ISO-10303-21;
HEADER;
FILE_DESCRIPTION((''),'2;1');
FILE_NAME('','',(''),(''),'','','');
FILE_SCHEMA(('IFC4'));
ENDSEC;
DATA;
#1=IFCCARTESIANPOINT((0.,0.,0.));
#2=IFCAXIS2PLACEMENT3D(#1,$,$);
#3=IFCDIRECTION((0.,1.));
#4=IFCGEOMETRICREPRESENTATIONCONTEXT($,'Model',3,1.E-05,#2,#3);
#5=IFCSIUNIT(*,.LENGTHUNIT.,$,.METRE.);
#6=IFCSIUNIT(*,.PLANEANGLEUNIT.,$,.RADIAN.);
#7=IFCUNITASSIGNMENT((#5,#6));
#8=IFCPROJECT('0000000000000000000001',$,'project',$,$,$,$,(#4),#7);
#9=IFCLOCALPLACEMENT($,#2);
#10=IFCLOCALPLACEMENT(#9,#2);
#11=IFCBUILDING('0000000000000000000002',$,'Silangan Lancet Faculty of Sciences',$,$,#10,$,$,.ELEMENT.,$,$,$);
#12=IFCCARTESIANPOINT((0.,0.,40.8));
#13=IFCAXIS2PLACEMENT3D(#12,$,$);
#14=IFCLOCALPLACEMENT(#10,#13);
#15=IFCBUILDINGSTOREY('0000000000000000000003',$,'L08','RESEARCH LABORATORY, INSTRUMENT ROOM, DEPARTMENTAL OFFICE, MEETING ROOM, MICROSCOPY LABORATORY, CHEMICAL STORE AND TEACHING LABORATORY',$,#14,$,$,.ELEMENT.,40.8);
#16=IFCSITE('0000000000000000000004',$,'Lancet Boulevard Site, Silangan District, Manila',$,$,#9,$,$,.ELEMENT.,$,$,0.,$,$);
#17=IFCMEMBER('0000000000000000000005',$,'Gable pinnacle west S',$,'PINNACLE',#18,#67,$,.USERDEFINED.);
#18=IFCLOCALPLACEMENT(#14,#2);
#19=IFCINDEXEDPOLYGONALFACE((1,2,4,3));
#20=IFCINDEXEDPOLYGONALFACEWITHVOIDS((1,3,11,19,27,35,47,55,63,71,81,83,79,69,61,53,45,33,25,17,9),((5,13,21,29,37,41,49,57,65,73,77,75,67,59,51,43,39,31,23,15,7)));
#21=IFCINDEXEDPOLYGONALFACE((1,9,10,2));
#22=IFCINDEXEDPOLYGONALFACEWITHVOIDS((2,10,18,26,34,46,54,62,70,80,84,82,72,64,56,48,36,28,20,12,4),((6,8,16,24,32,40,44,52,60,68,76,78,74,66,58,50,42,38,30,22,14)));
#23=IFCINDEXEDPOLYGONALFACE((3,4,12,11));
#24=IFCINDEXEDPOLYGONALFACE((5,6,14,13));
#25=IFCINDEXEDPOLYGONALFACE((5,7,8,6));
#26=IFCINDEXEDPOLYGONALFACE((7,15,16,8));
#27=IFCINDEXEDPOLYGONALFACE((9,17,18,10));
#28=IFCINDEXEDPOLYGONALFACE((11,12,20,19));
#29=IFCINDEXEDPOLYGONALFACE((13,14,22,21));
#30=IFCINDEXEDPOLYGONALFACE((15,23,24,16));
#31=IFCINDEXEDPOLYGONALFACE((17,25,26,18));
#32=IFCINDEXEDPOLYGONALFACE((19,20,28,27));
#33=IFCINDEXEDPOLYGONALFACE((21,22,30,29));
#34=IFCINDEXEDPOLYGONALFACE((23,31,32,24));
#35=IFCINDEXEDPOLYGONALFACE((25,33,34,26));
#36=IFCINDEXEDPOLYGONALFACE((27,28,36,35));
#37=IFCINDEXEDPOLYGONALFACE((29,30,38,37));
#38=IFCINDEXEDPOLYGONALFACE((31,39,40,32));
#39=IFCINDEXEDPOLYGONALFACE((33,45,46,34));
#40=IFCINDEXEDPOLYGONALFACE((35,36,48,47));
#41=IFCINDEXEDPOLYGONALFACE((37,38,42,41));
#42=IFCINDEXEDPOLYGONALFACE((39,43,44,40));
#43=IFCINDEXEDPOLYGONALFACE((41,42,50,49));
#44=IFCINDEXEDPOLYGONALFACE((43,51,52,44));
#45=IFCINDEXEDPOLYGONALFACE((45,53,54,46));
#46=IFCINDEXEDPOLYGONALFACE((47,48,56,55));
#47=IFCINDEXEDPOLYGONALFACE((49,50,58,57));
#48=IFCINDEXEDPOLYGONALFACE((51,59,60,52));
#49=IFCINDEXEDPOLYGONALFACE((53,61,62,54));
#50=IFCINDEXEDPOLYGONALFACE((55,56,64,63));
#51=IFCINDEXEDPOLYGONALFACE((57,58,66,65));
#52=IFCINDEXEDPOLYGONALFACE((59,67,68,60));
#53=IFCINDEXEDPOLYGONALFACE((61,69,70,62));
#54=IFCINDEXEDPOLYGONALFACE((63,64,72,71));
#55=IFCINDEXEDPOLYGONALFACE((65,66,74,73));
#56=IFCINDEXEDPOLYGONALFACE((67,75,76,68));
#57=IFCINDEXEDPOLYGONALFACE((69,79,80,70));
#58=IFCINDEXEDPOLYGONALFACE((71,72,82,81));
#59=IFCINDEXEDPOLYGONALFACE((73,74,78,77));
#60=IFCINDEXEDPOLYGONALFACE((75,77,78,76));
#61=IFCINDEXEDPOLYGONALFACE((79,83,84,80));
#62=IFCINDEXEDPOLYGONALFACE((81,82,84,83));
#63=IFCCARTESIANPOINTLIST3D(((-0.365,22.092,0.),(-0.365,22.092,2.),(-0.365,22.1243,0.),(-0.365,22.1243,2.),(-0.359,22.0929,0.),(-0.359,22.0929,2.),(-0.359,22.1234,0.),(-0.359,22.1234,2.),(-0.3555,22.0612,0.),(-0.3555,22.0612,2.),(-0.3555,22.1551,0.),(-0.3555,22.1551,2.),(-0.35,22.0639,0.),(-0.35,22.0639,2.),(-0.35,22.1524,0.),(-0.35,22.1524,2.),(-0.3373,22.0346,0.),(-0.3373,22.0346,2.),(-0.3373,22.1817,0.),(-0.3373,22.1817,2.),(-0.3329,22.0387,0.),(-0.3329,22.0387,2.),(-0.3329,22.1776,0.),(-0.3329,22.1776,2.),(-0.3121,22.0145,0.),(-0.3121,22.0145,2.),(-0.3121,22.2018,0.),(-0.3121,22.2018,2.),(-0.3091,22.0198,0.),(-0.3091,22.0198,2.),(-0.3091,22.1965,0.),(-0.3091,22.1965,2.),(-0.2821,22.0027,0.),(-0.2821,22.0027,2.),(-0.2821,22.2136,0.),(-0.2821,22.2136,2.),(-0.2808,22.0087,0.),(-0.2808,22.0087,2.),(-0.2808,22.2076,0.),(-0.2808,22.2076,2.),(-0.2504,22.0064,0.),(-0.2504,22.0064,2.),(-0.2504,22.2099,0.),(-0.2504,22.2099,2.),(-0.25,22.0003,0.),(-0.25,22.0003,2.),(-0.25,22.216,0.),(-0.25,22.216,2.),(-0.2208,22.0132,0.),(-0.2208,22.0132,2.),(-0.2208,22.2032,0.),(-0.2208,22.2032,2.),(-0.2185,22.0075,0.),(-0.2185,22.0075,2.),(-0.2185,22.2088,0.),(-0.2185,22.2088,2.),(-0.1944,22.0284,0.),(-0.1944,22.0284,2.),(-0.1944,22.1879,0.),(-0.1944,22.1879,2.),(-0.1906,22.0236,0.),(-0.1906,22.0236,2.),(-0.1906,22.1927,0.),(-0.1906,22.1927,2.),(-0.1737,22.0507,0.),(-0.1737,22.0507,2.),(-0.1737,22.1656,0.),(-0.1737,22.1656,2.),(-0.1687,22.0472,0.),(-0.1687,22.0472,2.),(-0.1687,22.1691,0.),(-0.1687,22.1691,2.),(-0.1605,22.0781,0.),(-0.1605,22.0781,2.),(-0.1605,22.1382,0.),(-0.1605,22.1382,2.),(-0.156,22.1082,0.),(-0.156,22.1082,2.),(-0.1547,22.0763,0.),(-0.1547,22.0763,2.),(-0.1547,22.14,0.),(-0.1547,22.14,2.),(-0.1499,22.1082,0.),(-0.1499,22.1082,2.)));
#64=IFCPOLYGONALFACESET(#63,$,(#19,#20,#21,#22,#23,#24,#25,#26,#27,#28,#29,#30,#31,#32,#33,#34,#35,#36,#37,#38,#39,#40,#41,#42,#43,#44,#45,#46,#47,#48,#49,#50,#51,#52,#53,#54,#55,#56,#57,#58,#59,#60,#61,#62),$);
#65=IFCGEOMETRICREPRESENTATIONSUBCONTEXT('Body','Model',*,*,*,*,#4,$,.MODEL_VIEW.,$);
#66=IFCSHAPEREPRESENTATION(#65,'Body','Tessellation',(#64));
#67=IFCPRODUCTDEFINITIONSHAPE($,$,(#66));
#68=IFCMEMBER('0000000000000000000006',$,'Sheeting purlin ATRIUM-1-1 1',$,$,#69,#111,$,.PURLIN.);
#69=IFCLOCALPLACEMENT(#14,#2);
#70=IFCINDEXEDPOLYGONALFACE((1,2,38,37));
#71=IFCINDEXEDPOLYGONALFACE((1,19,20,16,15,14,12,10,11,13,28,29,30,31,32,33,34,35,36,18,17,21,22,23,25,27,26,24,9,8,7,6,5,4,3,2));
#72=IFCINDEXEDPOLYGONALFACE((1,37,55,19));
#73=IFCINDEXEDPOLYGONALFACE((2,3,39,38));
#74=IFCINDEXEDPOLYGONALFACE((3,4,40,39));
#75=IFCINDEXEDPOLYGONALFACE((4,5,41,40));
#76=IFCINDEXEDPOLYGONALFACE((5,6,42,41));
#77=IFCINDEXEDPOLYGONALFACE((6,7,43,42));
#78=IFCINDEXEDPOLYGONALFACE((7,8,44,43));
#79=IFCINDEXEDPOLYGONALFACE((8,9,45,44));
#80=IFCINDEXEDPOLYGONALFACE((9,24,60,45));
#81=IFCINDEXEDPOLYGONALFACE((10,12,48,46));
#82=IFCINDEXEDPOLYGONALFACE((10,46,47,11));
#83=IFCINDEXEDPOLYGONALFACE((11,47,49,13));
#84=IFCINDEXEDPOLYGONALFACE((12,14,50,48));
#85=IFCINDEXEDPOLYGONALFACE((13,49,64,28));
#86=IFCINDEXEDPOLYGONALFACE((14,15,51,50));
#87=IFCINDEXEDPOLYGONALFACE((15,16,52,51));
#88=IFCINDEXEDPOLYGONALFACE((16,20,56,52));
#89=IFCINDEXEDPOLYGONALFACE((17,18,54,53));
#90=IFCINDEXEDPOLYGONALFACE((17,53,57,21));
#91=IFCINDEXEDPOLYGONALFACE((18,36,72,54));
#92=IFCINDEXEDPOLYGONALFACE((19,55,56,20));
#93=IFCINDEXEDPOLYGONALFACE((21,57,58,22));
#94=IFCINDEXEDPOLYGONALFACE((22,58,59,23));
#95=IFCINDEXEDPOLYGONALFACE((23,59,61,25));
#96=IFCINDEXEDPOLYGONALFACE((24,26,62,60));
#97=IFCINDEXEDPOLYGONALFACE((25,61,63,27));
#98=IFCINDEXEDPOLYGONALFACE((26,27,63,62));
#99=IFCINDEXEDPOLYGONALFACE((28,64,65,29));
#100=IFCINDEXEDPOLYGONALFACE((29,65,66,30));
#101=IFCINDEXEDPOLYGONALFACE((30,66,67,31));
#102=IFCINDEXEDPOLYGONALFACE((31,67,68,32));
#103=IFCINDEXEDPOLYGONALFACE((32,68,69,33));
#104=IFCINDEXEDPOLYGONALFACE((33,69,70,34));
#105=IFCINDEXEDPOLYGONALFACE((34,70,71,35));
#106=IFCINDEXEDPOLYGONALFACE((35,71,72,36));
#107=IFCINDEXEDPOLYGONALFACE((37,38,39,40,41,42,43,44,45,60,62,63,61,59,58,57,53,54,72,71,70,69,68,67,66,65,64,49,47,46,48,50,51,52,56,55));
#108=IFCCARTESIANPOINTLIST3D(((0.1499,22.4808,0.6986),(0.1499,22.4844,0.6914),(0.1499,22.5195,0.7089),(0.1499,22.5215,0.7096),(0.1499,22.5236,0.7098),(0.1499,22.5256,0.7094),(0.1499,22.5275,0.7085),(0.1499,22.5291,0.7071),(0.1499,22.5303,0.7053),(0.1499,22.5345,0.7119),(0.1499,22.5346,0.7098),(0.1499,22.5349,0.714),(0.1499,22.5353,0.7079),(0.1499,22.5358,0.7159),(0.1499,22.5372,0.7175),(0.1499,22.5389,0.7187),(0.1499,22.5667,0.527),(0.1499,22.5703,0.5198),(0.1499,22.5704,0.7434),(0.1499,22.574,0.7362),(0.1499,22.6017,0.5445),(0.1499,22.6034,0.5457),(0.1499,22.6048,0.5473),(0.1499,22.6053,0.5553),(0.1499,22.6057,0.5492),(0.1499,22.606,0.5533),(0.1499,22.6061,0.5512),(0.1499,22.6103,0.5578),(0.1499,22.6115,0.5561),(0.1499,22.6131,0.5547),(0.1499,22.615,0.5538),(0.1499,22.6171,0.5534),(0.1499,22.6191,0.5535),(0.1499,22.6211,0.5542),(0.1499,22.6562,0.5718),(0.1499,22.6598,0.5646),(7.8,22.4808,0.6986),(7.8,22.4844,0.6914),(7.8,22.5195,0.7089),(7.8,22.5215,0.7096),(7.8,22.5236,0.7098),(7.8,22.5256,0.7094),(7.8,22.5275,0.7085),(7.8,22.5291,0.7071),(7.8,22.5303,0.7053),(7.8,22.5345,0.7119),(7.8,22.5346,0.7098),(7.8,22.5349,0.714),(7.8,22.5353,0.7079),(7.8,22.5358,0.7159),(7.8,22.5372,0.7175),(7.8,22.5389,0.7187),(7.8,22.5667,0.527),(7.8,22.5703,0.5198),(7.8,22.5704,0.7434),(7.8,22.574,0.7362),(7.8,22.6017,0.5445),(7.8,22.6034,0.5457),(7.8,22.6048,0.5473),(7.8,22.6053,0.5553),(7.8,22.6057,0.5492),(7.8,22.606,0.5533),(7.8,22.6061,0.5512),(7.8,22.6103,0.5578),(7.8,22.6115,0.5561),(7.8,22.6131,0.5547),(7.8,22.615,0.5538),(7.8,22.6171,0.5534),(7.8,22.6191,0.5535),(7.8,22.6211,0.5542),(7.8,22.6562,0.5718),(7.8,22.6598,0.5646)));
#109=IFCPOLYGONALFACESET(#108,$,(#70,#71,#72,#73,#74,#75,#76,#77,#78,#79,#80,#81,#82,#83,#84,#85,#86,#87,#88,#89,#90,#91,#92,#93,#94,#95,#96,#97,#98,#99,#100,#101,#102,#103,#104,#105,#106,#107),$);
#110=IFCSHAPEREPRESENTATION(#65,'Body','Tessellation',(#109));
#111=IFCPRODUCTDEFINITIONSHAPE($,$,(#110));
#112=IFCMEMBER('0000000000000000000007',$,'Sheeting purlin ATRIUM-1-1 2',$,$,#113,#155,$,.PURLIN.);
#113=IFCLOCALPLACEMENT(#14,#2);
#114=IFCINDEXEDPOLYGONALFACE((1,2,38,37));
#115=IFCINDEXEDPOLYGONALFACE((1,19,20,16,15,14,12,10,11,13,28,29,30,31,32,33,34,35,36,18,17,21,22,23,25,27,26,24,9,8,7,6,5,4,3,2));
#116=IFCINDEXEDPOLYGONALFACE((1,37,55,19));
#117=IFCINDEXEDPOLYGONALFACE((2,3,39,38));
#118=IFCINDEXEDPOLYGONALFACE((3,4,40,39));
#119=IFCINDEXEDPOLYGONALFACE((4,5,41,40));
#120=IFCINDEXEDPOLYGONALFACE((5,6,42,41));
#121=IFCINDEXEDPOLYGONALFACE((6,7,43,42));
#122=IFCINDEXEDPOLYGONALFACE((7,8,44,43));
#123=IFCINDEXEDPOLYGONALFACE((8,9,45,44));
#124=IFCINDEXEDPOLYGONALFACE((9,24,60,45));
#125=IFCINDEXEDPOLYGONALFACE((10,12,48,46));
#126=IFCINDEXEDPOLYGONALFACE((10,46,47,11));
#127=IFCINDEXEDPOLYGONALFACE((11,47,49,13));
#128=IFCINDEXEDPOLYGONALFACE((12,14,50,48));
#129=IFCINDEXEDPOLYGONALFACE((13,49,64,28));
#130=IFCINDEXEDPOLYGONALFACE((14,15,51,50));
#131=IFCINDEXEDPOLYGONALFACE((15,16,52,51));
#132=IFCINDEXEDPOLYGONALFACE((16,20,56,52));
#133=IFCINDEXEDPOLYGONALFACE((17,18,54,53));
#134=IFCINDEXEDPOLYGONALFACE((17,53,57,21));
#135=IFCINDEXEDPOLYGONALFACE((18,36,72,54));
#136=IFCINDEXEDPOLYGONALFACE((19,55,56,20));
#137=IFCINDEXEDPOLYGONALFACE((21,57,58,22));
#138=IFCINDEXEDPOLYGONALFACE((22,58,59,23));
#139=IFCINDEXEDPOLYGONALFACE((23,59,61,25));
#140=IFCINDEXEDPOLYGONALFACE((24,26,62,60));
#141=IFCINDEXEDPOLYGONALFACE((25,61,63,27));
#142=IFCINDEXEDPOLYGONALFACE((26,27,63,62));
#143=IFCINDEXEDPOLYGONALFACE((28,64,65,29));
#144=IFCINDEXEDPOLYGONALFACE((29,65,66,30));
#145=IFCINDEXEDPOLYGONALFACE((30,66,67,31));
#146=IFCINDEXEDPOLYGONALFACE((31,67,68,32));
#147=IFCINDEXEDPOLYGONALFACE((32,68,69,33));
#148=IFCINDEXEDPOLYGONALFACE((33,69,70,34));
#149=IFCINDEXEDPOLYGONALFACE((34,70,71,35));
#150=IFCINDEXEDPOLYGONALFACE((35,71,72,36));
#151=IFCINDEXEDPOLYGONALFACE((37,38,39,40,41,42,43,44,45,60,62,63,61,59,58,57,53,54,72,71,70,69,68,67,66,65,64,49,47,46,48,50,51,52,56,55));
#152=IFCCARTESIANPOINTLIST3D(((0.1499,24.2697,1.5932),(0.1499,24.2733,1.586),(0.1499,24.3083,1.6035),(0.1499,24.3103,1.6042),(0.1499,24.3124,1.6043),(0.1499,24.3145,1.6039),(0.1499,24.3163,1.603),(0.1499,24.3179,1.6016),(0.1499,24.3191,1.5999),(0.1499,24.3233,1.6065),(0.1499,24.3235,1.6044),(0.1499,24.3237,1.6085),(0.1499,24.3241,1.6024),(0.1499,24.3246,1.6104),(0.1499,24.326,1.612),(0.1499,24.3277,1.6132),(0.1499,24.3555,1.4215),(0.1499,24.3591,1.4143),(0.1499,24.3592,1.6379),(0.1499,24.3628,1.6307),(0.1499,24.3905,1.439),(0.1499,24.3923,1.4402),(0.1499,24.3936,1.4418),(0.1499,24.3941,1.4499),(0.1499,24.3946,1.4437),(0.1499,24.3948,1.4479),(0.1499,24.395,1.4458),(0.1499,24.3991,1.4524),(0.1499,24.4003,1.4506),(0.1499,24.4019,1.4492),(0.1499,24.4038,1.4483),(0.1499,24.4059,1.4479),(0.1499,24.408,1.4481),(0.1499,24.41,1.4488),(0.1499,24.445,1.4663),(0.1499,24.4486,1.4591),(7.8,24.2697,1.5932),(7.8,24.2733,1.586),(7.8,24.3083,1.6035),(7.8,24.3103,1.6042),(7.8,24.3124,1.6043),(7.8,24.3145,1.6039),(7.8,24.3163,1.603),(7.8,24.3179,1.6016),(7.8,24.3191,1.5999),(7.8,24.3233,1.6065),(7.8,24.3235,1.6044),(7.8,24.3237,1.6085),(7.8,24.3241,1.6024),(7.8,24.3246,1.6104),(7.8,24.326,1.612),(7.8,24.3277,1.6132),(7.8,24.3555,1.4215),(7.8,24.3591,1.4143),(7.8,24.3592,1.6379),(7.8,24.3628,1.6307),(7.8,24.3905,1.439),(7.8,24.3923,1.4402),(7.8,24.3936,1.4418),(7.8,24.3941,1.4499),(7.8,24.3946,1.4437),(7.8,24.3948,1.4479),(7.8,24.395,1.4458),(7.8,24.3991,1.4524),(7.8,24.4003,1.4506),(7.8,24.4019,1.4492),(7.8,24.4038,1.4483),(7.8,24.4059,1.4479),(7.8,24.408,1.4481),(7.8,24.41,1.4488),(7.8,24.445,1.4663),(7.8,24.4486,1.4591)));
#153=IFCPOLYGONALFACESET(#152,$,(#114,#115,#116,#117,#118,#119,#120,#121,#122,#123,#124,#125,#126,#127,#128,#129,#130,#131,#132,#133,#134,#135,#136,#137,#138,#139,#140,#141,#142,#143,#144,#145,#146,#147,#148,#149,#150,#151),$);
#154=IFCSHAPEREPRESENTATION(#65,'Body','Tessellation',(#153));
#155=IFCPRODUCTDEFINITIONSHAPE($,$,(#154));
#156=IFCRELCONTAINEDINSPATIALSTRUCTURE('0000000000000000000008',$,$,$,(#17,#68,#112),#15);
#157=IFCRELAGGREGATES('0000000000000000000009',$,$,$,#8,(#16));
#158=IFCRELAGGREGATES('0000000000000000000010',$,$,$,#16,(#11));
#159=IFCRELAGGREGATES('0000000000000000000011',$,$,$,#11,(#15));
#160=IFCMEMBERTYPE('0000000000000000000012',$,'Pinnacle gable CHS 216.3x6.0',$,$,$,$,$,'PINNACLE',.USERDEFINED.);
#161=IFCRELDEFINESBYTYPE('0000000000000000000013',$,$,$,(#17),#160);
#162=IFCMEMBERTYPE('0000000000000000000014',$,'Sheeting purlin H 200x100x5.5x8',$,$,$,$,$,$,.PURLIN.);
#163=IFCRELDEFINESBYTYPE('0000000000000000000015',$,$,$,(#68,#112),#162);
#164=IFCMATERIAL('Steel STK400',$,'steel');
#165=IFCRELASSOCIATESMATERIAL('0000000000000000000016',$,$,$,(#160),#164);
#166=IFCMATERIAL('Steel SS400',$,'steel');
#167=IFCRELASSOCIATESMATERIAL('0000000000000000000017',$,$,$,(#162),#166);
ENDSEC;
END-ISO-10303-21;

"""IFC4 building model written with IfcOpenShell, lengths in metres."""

from ifc_helpers import new_model, si_unit, direction, frame, origin, origin_2d, place, context, subcontext, project, spatial, hollow_circle, i_section, extrude, material, material_profile, profile_set, type_object, element, save


model = new_model("IFC4")

# Units and contexts
model_context = context("Model", 3, precision=1e-05, world=origin(), true_north=direction((0.0, 1.0)))
body_context = subcontext(model_context, "Body", "Model", "MODEL_VIEW")
ifc_project = project(units=[si_unit("LENGTHUNIT", "METRE"), si_unit("PLANEANGLEUNIT", "RADIAN")], contexts=[model_context])

# Site, building, storey
site_placement = place(None, origin())
site = spatial("IfcSite", under=ifc_project, at=site_placement, Name="Lancet Boulevard Site, Silangan District, Manila", CompositionType="ELEMENT", RefElevation=0.0)
building_placement = place(site_placement, origin())
building = spatial("IfcBuilding", under=site, at=building_placement, Name="Silangan Lancet Faculty of Sciences", CompositionType="ELEMENT")
storey_placement = place(building_placement, frame((0.0, 0.0, 40.8)))
storey = spatial("IfcBuildingStorey", under=building, at=storey_placement, Name="L08", Description="RESEARCH LABORATORY, INSTRUMENT ROOM, DEPARTMENTAL OFFICE, MEETING ROOM, MICROSCOPY LABORATORY, CHEMICAL STORE AND TEACHING LABORATORY", CompositionType="ELEMENT", Elevation=40.8)

# Members
ifc_material_1 = material(Name="Steel STK400", Category="steel")
ifc_material_profile_1 = material_profile(ifc_material_1, hollow_circle(Radius=0.1082, WallThickness=0.0061, at=origin_2d()), Name="CHS 216.3x6.0")
ifc_profile_set_1 = profile_set([ifc_material_profile_1], Name="Steel STK400")
member_type_1 = type_object("IfcMemberType", Name="Pinnacle gable CHS 216.3x6.0", ElementType="PINNACLE", PredefinedType="USERDEFINED", material=ifc_profile_set_1)
member_1_placement = place(storey_placement, frame((-0.2581, 22.1082, 0.0), z_axis=(0.0, 0.0, 1.0), x_axis=(1.0, 0.0, 0.0)))
element("IfcMember", 1, at=member_1_placement, inside=storey, type_object=member_type_1, Name="Gable pinnacle west S", ObjectType="PINNACLE", PredefinedType="USERDEFINED", context=body_context, shape_type="SweptSolid", body=[
    extrude(hollow_circle(Radius=0.1082, WallThickness=0.0061, at=origin_2d()), origin(), (0.0, 0.0, 1.0), 2.0),
])
ifc_material_2 = material(Name="Steel SS400", Category="steel")
ifc_material_profile_2 = material_profile(ifc_material_2, i_section(OverallWidth=0.1001, OverallDepth=0.2, WebThickness=0.0056, FlangeThickness=0.0081, FilletRadius=0.0081, at=origin_2d()), Name="H 200x100x5.5x8")
ifc_profile_set_2 = profile_set([ifc_material_profile_2], Name="Steel SS400")
member_type_2 = type_object("IfcMemberType", Name="Sheeting purlin H 200x100x5.5x8", PredefinedType="PURLIN", material=ifc_profile_set_2)
for number, where, z_axis, x_axis, name in (
    (2, (0.1499, 22.5703, 0.6316), (1.0, 0.0, 0.0), (0.0, 0.894427, 0.447214), "Sheeting purlin ATRIUM-1-1 1"),
    (3, (0.1499, 24.3591, 1.5261), (1.0, 0.0, 0.0), (0.0, 0.894427, 0.447214), "Sheeting purlin ATRIUM-1-1 2"),
):
    element("IfcMember", number, at=place(storey_placement, frame(where, z_axis=z_axis, x_axis=x_axis)), inside=storey, type_object=member_type_2, Name=name, PredefinedType="PURLIN", context=body_context, shape_type="SweptSolid", body=[
        extrude(i_section(OverallWidth=0.1001, OverallDepth=0.2, WebThickness=0.0056, FlangeThickness=0.0081, FilletRadius=0.0081, at=origin_2d()), origin(), (0.0, 0.0, 1.0), 7.6501),
    ])

save(model, "model.ifc")
